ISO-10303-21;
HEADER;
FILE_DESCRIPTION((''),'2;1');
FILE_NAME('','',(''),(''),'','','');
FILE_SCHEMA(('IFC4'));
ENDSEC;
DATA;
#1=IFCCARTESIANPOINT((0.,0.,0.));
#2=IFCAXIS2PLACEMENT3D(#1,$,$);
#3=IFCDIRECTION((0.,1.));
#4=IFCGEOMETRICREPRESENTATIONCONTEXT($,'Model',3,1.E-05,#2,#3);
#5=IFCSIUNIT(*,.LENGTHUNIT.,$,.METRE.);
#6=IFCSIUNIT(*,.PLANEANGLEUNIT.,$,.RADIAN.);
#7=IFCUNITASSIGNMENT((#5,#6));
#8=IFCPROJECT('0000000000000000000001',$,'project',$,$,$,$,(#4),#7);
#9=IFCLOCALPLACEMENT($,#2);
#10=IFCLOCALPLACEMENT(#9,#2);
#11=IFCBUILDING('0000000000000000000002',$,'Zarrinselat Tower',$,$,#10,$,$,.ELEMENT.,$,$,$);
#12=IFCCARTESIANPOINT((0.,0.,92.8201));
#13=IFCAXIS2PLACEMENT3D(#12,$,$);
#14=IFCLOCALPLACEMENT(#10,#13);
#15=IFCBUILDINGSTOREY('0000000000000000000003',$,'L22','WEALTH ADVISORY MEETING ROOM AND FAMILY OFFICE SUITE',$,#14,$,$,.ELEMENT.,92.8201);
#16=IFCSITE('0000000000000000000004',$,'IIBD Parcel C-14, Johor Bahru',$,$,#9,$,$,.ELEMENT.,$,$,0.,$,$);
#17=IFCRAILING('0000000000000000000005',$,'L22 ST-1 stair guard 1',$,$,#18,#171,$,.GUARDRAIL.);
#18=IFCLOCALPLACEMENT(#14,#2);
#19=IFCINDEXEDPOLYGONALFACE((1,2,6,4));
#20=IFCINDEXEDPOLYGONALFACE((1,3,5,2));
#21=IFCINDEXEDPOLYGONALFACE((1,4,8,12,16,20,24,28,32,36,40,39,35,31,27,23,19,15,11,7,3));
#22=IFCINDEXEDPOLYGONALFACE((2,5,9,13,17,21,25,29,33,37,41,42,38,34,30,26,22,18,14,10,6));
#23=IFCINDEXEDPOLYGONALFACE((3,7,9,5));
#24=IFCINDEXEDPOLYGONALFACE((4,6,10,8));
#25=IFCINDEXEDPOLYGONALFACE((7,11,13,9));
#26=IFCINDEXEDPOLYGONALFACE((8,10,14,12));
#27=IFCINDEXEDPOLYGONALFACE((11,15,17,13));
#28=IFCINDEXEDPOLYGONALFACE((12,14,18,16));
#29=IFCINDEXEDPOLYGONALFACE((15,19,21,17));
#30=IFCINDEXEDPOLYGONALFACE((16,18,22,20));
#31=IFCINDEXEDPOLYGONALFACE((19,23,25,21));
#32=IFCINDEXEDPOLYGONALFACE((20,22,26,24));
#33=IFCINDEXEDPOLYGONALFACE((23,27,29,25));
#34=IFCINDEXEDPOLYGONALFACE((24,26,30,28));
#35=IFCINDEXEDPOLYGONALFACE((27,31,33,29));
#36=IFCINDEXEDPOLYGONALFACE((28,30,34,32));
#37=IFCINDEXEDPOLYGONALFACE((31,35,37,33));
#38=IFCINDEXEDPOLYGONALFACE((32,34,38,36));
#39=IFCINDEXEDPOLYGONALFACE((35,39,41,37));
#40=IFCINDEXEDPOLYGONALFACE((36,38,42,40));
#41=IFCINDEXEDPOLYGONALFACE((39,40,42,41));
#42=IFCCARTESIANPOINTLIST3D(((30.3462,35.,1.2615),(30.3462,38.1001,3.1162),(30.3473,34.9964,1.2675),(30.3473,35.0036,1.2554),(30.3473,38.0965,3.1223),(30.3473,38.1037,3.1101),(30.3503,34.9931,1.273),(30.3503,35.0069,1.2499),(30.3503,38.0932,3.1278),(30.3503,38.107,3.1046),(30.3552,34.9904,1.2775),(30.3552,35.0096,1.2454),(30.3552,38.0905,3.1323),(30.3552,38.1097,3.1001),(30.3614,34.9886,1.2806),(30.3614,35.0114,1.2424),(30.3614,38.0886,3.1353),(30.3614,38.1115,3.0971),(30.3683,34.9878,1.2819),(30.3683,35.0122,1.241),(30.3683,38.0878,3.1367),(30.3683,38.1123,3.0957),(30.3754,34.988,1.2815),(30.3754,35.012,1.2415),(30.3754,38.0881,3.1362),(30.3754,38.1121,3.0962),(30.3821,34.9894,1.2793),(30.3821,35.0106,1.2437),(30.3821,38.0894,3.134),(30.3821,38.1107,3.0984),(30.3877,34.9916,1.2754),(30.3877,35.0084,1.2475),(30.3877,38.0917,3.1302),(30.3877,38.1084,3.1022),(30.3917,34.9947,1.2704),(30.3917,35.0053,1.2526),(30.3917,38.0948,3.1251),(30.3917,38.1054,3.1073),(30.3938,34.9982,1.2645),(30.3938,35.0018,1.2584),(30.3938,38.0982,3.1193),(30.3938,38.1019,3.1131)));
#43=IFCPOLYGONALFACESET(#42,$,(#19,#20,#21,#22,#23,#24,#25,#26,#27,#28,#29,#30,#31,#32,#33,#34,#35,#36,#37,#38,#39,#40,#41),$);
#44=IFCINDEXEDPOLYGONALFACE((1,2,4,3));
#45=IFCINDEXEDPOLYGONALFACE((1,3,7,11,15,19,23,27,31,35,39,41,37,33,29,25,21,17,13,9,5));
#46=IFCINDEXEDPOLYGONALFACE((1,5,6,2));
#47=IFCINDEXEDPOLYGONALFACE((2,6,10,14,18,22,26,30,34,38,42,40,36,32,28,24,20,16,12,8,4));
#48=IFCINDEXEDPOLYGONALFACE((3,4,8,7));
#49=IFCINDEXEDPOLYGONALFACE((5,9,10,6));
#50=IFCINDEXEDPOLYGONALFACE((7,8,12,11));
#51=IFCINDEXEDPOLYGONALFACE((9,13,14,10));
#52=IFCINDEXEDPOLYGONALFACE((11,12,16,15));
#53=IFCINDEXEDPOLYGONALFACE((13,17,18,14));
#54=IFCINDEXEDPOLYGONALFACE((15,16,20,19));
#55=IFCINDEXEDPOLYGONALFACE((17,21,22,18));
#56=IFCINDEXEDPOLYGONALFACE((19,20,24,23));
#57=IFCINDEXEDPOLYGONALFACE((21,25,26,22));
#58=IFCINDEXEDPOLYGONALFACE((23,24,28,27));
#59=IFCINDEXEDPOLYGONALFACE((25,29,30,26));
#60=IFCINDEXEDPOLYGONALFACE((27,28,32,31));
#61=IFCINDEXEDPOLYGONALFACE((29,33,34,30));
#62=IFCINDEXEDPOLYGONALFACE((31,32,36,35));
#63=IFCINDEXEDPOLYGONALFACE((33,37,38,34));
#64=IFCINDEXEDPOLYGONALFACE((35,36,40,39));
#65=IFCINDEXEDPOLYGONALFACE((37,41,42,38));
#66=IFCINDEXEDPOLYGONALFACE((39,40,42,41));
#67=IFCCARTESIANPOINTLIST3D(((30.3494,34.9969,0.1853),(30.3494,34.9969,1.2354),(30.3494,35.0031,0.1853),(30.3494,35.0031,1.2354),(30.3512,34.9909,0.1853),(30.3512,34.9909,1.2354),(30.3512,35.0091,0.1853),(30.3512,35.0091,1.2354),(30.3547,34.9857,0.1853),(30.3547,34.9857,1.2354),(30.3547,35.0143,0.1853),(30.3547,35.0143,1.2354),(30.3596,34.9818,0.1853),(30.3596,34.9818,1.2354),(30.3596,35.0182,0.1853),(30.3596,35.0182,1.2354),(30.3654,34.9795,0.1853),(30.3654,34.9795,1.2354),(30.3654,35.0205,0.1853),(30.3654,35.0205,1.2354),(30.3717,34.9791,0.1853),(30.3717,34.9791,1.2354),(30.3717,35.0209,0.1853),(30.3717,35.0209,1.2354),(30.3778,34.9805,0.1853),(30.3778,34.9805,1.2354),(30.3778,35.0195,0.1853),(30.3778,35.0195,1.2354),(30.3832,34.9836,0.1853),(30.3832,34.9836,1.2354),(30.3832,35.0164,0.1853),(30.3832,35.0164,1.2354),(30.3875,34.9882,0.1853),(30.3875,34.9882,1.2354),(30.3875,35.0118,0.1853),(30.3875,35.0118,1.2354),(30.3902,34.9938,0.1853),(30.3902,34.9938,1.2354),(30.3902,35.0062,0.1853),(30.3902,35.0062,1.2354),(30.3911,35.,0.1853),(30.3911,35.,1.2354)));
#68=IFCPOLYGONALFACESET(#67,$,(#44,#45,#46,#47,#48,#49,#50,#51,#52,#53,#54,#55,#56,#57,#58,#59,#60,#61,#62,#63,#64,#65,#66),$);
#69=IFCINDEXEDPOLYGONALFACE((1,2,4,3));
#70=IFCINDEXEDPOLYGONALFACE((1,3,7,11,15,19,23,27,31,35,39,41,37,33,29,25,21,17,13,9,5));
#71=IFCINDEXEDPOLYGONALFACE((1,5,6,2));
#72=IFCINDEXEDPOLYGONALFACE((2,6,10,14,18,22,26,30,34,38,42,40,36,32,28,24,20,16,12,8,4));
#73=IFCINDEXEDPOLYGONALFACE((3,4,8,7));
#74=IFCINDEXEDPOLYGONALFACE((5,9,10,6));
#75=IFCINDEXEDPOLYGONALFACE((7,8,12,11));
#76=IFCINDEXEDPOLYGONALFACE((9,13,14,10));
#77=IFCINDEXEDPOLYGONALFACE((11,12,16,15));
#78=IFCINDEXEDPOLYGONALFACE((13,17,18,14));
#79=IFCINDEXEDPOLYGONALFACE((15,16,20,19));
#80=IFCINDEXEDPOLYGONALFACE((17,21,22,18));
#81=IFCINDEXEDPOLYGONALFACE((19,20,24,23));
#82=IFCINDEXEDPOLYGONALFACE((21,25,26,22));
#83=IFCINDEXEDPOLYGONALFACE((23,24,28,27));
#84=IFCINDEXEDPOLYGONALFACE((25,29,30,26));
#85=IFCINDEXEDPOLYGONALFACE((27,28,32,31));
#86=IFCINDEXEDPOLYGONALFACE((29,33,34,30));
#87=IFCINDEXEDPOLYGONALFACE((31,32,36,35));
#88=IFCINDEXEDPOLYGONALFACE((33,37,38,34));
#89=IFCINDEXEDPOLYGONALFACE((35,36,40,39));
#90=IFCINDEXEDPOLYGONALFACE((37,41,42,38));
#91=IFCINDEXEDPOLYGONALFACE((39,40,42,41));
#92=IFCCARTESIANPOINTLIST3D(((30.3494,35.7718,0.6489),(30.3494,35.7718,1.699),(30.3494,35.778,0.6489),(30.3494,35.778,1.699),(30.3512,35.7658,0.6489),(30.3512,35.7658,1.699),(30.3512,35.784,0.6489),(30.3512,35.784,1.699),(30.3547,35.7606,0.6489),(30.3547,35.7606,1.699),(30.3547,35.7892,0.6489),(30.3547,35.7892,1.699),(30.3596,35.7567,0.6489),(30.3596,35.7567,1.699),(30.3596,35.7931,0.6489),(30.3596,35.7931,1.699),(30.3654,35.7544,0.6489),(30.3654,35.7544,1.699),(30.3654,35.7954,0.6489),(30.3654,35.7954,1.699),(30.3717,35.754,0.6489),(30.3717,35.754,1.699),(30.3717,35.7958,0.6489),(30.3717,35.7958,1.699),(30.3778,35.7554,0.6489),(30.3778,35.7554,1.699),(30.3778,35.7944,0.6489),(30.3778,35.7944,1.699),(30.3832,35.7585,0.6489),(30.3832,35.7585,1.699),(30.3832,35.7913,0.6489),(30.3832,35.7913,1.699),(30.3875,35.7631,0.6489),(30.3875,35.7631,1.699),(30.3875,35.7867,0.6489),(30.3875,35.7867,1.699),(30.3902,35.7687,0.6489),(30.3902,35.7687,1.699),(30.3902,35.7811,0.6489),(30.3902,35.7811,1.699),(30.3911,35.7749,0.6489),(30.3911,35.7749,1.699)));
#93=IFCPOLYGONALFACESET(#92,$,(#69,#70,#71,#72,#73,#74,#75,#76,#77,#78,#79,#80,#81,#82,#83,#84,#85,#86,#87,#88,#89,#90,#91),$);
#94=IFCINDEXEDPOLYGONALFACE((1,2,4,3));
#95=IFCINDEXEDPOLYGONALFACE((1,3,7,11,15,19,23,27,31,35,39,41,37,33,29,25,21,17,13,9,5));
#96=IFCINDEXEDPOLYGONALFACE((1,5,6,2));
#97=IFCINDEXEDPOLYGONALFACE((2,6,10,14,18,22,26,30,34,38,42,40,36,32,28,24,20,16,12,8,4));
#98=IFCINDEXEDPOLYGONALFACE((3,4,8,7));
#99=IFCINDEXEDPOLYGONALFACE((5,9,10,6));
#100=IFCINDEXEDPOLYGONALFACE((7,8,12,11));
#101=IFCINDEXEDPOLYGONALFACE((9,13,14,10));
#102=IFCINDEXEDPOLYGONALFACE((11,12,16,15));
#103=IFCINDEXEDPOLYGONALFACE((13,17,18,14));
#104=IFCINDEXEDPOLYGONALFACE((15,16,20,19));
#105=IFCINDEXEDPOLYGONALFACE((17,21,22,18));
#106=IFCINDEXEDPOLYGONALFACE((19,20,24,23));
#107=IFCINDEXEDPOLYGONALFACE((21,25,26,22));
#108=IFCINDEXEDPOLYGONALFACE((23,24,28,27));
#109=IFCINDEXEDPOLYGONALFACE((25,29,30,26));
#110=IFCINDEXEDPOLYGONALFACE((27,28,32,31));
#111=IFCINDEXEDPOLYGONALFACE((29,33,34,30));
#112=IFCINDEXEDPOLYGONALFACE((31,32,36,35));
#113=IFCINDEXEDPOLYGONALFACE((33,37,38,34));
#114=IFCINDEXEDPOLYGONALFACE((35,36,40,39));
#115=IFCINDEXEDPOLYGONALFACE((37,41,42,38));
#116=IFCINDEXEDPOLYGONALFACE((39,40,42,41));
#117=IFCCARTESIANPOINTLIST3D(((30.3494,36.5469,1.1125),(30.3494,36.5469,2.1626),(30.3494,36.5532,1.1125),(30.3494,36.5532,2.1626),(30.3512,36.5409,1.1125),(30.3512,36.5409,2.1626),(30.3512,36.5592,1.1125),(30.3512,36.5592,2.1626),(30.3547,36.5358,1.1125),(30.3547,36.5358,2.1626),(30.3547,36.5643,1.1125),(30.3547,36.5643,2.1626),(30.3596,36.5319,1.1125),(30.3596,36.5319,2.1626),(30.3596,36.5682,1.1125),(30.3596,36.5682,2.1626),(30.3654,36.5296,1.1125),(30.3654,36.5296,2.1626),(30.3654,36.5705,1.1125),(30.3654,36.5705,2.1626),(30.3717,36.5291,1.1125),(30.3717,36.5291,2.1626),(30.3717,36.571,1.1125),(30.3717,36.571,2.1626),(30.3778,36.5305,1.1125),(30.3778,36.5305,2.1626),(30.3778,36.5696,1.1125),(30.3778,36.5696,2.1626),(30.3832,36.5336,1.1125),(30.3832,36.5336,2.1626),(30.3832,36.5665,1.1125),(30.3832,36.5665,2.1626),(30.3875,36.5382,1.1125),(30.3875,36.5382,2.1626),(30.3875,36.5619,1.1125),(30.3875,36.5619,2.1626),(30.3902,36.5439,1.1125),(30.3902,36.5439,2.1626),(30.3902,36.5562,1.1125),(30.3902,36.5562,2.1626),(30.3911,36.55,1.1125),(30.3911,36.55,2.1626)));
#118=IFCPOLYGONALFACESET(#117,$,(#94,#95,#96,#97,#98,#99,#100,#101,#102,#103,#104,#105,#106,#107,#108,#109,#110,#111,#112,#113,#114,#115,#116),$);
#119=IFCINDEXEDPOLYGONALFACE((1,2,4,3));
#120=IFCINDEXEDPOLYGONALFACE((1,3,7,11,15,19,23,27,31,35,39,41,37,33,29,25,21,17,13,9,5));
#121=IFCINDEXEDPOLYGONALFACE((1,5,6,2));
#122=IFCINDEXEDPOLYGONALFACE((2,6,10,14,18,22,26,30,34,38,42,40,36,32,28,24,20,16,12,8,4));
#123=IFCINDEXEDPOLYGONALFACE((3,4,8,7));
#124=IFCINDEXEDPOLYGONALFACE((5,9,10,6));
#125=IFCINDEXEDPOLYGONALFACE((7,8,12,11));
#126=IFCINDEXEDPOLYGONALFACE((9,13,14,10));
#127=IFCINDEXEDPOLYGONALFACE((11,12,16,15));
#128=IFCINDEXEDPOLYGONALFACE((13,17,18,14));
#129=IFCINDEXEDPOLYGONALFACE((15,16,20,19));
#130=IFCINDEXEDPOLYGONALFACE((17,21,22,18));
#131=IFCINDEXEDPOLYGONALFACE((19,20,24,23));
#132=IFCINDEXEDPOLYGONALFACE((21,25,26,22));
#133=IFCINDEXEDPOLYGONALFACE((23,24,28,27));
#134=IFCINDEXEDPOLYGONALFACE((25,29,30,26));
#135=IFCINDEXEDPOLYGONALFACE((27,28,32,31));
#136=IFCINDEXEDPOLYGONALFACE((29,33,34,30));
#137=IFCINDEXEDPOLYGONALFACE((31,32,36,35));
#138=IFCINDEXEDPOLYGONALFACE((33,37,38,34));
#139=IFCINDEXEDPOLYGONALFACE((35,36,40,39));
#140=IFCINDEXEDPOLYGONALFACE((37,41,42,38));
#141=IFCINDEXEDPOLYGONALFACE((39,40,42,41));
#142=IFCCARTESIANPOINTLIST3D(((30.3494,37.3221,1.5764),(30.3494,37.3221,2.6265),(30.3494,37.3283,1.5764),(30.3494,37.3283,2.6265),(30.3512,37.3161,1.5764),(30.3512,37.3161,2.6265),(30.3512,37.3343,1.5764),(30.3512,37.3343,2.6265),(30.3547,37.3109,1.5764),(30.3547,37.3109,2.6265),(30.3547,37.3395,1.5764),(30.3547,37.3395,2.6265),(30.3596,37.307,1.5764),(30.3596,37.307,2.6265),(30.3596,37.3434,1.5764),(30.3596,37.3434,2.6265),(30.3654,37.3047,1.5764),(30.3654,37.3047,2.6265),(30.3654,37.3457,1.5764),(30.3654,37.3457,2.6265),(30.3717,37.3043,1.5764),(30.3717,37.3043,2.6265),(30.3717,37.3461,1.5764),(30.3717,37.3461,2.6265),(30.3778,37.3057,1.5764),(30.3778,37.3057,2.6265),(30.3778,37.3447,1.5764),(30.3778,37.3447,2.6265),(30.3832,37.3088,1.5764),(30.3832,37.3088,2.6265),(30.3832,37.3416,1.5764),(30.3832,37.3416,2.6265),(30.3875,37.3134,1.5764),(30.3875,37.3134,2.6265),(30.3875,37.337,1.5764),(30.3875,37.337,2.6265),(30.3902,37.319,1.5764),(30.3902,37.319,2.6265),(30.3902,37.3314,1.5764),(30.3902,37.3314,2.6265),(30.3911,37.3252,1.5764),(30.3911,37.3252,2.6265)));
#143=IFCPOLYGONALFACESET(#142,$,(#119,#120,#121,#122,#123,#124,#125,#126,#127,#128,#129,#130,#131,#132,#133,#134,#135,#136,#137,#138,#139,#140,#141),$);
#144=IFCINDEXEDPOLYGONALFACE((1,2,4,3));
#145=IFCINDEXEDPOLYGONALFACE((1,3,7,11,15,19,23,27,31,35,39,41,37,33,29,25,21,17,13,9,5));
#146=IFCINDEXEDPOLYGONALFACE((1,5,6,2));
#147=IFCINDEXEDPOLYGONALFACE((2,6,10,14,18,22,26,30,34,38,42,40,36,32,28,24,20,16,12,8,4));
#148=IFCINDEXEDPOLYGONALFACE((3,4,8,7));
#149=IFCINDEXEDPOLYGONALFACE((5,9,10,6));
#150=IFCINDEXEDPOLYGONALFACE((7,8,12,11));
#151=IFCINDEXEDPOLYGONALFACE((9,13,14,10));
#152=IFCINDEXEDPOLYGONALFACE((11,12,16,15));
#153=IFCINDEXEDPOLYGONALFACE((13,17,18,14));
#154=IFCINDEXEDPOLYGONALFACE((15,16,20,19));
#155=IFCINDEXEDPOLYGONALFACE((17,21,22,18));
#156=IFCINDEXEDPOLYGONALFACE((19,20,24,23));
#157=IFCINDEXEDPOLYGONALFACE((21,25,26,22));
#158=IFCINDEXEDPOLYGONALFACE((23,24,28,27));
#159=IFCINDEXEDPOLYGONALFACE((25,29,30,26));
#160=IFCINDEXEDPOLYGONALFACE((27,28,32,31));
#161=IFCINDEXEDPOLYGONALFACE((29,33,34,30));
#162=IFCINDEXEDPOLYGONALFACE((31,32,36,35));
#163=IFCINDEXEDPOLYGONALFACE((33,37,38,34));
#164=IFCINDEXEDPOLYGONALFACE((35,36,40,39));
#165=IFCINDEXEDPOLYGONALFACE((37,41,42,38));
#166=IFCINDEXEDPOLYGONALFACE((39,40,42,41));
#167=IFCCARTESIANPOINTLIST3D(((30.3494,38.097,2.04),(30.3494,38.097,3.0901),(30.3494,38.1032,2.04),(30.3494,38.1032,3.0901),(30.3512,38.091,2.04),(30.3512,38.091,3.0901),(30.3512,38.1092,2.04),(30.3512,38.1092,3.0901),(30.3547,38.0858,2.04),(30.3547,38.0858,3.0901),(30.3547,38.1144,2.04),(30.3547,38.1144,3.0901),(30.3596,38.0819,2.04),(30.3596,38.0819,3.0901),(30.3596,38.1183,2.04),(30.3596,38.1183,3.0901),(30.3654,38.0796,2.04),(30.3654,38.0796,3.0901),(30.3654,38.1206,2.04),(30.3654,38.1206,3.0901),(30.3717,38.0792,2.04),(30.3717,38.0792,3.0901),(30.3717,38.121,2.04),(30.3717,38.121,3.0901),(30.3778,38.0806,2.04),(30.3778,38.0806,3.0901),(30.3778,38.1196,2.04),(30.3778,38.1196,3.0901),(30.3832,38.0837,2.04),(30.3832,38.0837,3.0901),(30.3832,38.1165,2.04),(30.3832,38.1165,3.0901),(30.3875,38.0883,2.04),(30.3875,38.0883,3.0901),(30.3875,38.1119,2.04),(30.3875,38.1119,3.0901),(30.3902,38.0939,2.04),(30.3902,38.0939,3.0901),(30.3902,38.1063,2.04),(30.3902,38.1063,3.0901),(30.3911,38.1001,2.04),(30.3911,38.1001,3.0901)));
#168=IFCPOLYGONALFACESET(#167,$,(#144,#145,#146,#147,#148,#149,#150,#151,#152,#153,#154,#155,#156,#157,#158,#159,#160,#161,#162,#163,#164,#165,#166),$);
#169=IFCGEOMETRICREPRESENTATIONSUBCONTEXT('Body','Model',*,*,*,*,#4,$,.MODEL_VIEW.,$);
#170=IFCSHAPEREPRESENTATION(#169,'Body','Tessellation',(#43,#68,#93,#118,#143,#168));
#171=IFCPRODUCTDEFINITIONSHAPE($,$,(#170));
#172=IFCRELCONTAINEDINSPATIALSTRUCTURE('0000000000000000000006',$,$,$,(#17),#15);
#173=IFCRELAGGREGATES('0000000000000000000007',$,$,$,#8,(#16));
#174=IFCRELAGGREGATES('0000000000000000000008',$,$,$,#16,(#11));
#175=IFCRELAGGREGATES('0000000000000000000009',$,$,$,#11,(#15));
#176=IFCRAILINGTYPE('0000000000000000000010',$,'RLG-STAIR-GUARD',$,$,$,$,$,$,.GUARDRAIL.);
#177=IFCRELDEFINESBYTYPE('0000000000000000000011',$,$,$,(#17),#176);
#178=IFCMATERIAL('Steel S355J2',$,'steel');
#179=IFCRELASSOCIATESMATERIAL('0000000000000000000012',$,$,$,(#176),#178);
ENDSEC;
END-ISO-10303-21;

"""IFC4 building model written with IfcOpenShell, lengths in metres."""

from ifc_helpers import new_model, si_unit, direction, frame, origin, origin_2d, place, context, subcontext, project, spatial, circle, extrude, material, type_object, element, save


model = new_model("IFC4")

# Units and contexts
model_context = context("Model", 3, precision=1e-05, world=origin(), true_north=direction((0.0, 1.0)))
body_context = subcontext(model_context, "Body", "Model", "MODEL_VIEW")
ifc_project = project(units=[si_unit("LENGTHUNIT", "METRE"), si_unit("PLANEANGLEUNIT", "RADIAN")], contexts=[model_context])

# Site, building, storey
site_placement = place(None, origin())
site = spatial("IfcSite", under=ifc_project, at=site_placement, Name="IIBD Parcel C-14, Johor Bahru", CompositionType="ELEMENT", RefElevation=0.0)
building_placement = place(site_placement, origin())
building = spatial("IfcBuilding", under=site, at=building_placement, Name="Zarrinselat Tower", CompositionType="ELEMENT")
storey_placement = place(building_placement, frame((0.0, 0.0, 92.8201)))
storey = spatial("IfcBuildingStorey", under=building, at=storey_placement, Name="L22", Description="WEALTH ADVISORY MEETING ROOM AND FAMILY OFFICE SUITE", CompositionType="ELEMENT", Elevation=92.8201)

# Railing
ifc_material_1 = material(Name="Steel S355J2", Category="steel")
railing_type_1 = type_object("IfcRailingType", Name="RLG-STAIR-GUARD", PredefinedType="GUARDRAIL", material=ifc_material_1)
railing_1_placement = place(storey_placement, frame((30.3701, 35.0, 0.1853)))
element("IfcRailing", 1, at=railing_1_placement, inside=storey, type_object=railing_type_1, Name="L22 ST-1 stair guard 1", PredefinedType="GUARDRAIL", context=body_context, shape_type="SweptSolid", body=[
    extrude(circle(Radius=0.0239, at=origin_2d()), frame((0.0, 0.0, 1.0762), z_axis=(0.0, 0.858142, 0.513412), x_axis=(-1.0, 0.0, 0.0)), (0.0, 0.0, 1.0), 3.6125),
    extrude(circle(Radius=0.021, at=origin_2d()), origin(), (0.0, 0.0, 1.0), 1.05),
    extrude(circle(Radius=0.021, at=origin_2d()), frame((0.0, 0.7749, 0.4636)), (0.0, 0.0, 1.0), 1.05),
    extrude(circle(Radius=0.021, at=origin_2d()), frame((0.0, 1.55, 0.9272)), (0.0, 0.0, 1.0), 1.05),
    extrude(circle(Radius=0.021, at=origin_2d()), frame((0.0, 2.3252, 1.3911)), (0.0, 0.0, 1.0), 1.05),
    extrude(circle(Radius=0.021, at=origin_2d()), frame((0.0, 3.1001, 1.8547)), (0.0, 0.0, 1.0), 1.05),
])

save(model, "model.ifc")
